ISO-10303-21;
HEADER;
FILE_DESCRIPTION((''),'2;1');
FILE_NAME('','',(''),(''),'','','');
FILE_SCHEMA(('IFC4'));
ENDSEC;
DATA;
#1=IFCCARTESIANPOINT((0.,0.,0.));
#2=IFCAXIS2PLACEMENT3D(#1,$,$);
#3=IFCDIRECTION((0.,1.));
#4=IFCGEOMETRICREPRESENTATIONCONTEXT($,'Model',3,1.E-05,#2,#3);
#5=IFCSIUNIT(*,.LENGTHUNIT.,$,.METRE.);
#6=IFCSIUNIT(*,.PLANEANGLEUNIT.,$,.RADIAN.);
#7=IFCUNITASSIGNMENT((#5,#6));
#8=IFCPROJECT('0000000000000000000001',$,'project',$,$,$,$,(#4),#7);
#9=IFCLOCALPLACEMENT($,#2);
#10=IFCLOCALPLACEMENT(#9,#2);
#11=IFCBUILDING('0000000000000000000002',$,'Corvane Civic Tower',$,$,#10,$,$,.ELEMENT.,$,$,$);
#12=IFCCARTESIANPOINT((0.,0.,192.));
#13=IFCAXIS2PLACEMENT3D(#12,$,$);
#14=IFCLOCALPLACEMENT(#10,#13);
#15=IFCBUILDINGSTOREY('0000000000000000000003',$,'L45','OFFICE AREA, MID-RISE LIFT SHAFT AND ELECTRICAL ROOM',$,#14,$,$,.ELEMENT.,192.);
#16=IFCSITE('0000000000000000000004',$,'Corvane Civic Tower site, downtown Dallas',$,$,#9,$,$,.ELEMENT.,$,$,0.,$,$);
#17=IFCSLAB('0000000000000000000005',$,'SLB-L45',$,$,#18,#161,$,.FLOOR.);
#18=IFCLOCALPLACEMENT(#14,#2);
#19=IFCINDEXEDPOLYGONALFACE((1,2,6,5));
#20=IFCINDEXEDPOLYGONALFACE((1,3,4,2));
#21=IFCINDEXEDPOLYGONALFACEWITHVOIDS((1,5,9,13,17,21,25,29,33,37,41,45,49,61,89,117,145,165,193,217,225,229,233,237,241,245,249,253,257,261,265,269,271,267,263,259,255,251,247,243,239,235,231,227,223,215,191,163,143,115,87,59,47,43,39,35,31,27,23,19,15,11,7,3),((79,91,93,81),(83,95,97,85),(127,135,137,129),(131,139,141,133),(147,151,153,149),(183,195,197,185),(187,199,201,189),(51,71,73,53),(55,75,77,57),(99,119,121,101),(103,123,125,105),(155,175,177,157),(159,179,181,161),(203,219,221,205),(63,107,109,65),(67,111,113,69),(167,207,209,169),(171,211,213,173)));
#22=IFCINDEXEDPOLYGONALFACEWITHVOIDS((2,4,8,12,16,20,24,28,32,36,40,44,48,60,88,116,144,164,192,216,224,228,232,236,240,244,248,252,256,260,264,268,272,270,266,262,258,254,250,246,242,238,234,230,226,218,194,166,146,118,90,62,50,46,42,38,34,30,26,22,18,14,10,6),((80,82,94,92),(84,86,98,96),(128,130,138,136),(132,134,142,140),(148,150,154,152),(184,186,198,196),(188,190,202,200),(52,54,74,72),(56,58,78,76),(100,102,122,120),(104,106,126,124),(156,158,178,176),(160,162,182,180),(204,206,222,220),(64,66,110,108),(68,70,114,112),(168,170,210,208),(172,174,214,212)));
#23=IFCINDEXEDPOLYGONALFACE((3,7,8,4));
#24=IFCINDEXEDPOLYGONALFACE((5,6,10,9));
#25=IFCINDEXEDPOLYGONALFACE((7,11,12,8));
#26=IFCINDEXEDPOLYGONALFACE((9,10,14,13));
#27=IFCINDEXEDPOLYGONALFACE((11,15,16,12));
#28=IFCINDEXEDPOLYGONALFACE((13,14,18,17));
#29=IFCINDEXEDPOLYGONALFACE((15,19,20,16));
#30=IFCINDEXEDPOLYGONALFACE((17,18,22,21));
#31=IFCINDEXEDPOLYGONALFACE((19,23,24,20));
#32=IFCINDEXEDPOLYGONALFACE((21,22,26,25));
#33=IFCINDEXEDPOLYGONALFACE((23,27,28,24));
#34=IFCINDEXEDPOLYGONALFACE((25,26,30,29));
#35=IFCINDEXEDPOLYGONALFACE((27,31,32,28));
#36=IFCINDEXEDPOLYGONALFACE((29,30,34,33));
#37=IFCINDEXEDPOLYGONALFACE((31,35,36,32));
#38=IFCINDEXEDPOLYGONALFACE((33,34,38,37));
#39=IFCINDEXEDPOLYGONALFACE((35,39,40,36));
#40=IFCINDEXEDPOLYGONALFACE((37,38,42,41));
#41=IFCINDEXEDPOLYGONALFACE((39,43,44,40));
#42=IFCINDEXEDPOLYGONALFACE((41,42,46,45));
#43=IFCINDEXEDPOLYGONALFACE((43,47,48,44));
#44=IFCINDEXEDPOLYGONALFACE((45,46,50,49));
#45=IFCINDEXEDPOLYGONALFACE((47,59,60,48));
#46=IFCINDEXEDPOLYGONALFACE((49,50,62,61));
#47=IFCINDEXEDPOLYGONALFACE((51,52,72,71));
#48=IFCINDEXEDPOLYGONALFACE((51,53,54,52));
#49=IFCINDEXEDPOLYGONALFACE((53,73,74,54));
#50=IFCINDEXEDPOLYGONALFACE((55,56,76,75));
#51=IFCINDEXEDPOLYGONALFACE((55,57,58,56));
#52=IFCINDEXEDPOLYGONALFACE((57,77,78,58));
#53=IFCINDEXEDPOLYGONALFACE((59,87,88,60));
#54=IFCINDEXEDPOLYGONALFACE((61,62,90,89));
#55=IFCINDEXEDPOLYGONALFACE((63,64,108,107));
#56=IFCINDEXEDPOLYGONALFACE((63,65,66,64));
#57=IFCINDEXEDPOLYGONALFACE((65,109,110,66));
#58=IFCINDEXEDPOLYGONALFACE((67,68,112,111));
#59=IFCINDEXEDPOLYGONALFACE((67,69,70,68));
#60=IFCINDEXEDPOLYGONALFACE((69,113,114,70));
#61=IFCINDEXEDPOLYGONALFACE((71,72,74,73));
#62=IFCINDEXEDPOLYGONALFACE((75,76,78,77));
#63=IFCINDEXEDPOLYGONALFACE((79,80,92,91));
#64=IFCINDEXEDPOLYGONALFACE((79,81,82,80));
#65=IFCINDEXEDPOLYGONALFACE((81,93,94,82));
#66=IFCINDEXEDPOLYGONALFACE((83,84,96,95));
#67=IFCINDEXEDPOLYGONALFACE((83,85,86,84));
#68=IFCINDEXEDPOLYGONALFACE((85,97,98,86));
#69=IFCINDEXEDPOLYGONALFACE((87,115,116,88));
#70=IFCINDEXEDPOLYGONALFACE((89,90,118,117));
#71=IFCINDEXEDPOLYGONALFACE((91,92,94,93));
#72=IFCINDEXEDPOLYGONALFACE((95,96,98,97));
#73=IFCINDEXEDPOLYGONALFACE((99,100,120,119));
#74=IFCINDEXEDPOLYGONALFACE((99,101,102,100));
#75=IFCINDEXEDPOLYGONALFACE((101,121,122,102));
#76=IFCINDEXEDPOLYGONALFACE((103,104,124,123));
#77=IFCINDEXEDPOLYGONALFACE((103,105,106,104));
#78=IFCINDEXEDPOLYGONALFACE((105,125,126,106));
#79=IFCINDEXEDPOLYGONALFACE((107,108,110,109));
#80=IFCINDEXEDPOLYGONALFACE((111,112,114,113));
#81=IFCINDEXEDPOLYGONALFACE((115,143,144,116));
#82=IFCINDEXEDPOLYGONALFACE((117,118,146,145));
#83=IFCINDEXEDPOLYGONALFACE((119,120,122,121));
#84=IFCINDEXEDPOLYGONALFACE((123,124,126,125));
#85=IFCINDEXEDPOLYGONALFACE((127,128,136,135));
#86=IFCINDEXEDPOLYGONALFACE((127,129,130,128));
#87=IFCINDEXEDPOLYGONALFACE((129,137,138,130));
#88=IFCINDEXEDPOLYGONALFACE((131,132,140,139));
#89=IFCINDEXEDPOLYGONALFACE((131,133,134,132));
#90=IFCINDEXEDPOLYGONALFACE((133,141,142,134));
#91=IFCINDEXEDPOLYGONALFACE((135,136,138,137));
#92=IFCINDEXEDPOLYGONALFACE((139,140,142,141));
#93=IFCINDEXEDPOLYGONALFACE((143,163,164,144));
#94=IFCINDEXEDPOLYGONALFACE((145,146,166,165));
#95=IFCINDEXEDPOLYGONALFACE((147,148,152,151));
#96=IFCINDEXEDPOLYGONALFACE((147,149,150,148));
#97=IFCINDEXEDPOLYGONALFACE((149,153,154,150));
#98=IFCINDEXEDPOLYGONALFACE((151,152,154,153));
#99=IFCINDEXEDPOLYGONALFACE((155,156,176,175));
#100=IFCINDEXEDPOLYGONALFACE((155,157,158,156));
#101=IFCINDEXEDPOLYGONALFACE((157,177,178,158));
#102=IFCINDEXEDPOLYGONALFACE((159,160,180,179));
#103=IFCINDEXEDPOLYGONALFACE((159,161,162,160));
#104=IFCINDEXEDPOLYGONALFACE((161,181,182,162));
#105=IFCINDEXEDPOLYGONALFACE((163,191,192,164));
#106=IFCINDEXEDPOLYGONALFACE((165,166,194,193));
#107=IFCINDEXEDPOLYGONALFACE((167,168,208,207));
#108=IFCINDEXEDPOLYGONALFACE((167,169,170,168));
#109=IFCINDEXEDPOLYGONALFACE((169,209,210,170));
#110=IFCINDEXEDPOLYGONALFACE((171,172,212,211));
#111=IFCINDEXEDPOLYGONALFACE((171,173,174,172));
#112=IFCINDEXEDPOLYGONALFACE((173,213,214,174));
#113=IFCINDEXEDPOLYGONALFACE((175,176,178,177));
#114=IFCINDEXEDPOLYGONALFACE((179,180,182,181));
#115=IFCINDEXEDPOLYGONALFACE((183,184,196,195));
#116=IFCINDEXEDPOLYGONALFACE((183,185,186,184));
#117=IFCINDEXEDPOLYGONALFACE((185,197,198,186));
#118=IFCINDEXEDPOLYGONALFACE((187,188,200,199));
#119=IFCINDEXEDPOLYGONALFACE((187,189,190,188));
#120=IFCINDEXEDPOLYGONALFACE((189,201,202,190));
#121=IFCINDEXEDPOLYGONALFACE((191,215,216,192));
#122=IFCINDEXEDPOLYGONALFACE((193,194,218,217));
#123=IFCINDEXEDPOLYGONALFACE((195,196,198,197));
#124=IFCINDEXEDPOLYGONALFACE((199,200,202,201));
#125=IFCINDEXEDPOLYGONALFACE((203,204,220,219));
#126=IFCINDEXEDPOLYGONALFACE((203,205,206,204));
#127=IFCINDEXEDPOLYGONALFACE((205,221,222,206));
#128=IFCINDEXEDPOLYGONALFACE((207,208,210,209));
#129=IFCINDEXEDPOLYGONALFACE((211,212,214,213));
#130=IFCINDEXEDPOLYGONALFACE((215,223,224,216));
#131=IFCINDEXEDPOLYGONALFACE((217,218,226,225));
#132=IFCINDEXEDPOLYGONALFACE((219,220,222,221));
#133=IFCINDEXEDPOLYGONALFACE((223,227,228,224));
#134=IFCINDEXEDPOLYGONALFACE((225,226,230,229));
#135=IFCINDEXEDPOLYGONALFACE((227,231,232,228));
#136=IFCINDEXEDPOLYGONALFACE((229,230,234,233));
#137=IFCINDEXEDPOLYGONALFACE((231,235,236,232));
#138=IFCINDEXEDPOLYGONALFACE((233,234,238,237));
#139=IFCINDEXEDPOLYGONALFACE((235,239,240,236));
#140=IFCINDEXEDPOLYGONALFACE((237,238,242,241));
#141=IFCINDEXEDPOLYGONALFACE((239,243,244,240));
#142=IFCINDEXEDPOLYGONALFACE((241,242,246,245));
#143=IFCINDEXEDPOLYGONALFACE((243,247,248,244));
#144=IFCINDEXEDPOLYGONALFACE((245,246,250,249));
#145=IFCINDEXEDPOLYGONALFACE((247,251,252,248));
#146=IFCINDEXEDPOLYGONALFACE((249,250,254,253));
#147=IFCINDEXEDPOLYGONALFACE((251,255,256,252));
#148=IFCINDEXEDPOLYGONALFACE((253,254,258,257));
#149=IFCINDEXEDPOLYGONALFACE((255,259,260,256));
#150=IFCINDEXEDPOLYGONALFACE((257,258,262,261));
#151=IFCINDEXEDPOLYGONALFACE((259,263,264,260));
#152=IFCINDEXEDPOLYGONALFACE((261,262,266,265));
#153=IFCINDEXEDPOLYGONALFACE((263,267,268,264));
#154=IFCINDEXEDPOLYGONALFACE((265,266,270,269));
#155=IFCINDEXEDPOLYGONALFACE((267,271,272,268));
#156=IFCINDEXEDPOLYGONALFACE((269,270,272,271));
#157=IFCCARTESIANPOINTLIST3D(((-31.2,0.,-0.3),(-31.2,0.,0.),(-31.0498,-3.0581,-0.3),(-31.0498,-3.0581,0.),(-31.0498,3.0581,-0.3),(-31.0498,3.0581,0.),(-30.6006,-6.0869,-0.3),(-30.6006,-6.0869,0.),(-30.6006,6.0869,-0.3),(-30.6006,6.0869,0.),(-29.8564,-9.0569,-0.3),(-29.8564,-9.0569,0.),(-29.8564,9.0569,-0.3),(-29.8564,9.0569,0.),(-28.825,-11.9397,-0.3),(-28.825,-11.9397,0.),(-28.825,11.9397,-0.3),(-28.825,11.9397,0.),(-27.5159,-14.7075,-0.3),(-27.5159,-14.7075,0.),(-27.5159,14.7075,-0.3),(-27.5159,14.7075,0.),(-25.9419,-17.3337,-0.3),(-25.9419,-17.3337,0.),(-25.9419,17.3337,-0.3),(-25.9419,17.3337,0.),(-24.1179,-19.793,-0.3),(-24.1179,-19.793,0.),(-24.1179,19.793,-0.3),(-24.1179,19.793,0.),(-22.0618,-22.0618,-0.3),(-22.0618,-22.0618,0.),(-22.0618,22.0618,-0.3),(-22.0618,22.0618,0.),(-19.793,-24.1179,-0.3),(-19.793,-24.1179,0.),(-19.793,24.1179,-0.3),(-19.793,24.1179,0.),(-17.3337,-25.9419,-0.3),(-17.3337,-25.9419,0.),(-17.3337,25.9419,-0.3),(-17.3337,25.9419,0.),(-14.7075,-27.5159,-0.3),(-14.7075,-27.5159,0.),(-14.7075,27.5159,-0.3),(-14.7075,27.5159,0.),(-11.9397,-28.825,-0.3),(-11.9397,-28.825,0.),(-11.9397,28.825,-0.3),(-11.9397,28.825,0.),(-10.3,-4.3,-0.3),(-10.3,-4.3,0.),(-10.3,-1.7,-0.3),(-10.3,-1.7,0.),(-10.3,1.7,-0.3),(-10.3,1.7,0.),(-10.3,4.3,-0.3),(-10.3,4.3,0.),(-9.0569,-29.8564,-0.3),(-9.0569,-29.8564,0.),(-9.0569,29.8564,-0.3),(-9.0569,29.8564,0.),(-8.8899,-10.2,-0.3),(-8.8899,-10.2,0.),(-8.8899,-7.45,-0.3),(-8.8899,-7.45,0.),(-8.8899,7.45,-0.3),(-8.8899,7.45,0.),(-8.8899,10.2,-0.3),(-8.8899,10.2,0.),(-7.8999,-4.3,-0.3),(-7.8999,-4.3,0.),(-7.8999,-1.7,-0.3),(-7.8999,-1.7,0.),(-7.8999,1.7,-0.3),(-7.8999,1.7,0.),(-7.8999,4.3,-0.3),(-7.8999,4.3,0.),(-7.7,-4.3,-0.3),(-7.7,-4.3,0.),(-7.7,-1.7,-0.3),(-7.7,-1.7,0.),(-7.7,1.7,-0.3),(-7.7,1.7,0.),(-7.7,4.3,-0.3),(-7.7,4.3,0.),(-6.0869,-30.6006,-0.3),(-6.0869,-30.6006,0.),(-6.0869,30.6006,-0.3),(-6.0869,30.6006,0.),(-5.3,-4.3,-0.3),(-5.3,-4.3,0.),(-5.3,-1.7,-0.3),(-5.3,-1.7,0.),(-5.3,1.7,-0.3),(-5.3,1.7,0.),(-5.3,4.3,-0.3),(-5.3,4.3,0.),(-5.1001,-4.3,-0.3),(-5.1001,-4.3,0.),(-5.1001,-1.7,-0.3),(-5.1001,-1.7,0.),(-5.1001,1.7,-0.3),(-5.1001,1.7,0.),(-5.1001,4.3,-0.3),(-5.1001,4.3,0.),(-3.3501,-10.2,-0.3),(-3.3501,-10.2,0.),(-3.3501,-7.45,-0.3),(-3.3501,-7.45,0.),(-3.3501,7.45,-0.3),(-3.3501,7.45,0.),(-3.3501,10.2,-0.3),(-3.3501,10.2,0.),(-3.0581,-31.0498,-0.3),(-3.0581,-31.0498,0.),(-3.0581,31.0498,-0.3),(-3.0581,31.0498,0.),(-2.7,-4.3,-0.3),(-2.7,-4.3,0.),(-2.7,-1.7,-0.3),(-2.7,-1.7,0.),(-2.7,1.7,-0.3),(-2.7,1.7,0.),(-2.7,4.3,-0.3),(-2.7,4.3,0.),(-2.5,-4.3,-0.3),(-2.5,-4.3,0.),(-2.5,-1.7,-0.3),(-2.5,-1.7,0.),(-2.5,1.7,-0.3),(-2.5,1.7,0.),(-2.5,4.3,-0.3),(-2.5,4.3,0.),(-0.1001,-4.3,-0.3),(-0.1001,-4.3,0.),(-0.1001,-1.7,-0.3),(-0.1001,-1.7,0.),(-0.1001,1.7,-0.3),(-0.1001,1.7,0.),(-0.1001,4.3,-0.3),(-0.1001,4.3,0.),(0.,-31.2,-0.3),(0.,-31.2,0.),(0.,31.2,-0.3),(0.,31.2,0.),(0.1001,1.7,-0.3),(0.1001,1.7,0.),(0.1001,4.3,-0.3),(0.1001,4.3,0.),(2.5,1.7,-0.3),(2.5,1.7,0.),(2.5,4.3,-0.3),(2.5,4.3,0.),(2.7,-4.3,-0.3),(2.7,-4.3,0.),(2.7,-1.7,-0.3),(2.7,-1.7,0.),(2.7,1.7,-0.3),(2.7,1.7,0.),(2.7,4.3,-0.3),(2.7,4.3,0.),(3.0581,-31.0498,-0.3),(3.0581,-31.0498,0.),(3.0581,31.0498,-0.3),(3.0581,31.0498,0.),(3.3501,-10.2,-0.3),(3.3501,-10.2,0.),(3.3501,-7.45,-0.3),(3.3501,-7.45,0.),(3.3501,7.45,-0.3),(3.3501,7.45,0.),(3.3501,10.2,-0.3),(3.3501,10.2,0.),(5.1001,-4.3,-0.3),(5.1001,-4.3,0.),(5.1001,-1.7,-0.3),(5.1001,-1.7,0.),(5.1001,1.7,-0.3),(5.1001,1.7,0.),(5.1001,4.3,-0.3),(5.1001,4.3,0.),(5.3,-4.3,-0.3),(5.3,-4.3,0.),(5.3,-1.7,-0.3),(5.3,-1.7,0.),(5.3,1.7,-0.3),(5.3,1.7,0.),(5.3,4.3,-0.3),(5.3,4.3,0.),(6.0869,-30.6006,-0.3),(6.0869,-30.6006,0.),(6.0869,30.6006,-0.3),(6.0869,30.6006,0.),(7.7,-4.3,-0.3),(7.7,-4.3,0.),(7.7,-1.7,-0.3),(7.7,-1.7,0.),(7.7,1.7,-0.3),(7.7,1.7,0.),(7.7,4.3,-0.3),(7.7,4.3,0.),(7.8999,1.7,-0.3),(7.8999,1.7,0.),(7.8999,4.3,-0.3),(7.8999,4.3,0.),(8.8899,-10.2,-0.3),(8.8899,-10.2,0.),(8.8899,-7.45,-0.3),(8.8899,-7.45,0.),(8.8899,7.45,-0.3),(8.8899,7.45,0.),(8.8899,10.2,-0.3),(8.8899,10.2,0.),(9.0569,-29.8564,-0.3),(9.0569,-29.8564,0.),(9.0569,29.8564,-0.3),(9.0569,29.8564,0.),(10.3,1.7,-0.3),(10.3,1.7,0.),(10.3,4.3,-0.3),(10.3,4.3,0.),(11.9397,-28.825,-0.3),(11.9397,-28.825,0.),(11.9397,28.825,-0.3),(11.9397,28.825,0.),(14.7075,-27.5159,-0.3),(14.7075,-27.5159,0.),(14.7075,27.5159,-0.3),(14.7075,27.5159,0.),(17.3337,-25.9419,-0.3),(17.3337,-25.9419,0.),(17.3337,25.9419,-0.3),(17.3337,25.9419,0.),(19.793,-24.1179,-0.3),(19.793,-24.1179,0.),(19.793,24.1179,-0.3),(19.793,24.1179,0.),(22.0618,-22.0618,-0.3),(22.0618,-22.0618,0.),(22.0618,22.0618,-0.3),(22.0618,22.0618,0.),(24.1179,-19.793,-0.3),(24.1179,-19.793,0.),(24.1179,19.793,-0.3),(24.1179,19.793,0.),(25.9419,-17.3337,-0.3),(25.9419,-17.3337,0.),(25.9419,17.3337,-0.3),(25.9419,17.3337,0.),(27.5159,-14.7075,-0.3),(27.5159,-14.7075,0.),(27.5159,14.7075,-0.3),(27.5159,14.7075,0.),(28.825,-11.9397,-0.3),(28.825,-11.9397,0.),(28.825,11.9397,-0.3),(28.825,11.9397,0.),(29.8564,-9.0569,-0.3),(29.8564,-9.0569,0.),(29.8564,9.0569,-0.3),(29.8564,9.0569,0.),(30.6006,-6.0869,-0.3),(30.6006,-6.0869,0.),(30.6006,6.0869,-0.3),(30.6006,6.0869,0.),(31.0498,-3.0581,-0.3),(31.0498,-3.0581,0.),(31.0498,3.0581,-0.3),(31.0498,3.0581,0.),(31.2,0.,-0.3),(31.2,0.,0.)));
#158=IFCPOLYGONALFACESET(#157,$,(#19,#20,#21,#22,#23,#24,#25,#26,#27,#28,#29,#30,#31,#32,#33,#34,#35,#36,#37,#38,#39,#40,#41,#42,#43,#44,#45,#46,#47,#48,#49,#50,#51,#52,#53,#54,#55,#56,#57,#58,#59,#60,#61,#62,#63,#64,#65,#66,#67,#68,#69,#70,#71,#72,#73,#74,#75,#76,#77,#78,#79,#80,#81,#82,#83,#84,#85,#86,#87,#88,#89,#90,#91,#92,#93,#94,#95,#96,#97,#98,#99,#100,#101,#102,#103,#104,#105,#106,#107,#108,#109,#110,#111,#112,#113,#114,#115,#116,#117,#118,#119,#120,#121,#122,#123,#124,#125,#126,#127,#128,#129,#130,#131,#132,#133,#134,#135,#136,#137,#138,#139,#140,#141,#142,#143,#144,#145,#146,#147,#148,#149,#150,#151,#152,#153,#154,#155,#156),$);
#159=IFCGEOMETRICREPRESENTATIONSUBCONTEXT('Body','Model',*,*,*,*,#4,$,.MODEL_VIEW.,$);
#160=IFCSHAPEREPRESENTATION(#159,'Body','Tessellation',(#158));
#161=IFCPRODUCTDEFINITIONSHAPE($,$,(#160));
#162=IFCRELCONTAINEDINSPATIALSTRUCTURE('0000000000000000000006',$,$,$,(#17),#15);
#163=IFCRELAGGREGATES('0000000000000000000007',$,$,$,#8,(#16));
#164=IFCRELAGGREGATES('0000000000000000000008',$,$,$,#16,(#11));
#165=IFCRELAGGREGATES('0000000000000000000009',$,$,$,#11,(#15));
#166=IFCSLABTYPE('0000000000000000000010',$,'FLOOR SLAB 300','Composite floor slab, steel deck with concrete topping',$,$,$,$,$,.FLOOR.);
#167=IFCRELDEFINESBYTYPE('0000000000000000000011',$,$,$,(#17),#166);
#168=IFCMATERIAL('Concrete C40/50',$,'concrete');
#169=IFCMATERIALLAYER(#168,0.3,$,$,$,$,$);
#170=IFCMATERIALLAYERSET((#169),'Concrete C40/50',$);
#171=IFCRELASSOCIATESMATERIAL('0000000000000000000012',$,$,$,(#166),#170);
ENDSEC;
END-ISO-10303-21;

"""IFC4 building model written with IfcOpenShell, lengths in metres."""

from ifc_helpers import new_model, si_unit, direction, frame, origin, place, context, subcontext, project, spatial, polyline, outline, extrude, material, layer, layer_set, type_object, element, save


model = new_model("IFC4")

# Units and contexts
model_context = context("Model", 3, precision=1e-05, world=origin(), true_north=direction((0.0, 1.0)))
body_context = subcontext(model_context, "Body", "Model", "MODEL_VIEW")
ifc_project = project(units=[si_unit("LENGTHUNIT", "METRE"), si_unit("PLANEANGLEUNIT", "RADIAN")], contexts=[model_context])

# Site, building, storey
site_placement = place(None, origin())
site = spatial("IfcSite", under=ifc_project, at=site_placement, Name="Corvane Civic Tower site, downtown Dallas", CompositionType="ELEMENT", RefElevation=0.0)
building_placement = place(site_placement, origin())
building = spatial("IfcBuilding", under=site, at=building_placement, Name="Corvane Civic Tower", CompositionType="ELEMENT")
storey_placement = place(building_placement, frame((0.0, 0.0, 192.0)))
storey = spatial("IfcBuildingStorey", under=building, at=storey_placement, Name="L45", Description="OFFICE AREA, MID-RISE LIFT SHAFT AND ELECTRICAL ROOM", CompositionType="ELEMENT", Elevation=192.0)

# Slab
ifc_material_1 = material(Name="Concrete C40/50", Category="concrete")
ifc_layer_1 = layer(ifc_material_1, 0.3)
ifc_layer_set_1 = layer_set([ifc_layer_1], Name="Concrete C40/50")
slab_type = type_object("IfcSlabType", Name="FLOOR SLAB 300", Description="Composite floor slab, steel deck with concrete topping", PredefinedType="FLOOR", material=ifc_layer_set_1)
slab_placement = place(storey_placement, frame((0.0, 0.0, -0.3)))
element("IfcSlab", 1, at=slab_placement, inside=storey, type_object=slab_type, Name="SLB-L45", PredefinedType="FLOOR", context=body_context, shape_type="SweptSolid", body=[
    extrude(outline(polyline([(0.0, 31.2), (-3.0581, 31.0498), (-6.0869, 30.6006), (-9.0569, 29.8564), (-11.9397, 28.825), (-14.7075, 27.5159), (-17.3337, 25.9419), (-19.793, 24.1179), (-22.0618, 22.0618), (-24.1179, 19.793), (-25.9419, 17.3337), (-27.5159, 14.7075), (-28.825, 11.9397), (-29.8564, 9.0569), (-30.6006, 6.0869), (-31.0498, 3.0581), (-31.2, 0.0), (-31.0498, -3.0581), (-30.6006, -6.0869), (-29.8564, -9.0569), (-28.825, -11.9397), (-27.5159, -14.7075), (-25.9419, -17.3337), (-24.1179, -19.793), (-22.0618, -22.0618), (-19.793, -24.1179), (-17.3337, -25.9419), (-14.7075, -27.5159), (-11.9397, -28.825), (-9.0569, -29.8564), (-6.0869, -30.6006), (-3.0581, -31.0498), (0.0, -31.2), (3.0581, -31.0498), (6.0869, -30.6006), (9.0569, -29.8564), (11.9397, -28.825), (14.7075, -27.5159), (17.3337, -25.9419), (19.793, -24.1179), (22.0618, -22.0618), (24.1179, -19.793), (25.9419, -17.3337), (27.5159, -14.7075), (28.825, -11.9397), (29.8564, -9.0569), (30.6006, -6.0869), (31.0498, -3.0581), (31.2, 0.0), (31.0498, 3.0581), (30.6006, 6.0869), (29.8564, 9.0569), (28.825, 11.9397), (27.5159, 14.7075), (25.9419, 17.3337), (24.1179, 19.793), (22.0618, 22.0618), (19.793, 24.1179), (17.3337, 25.9419), (14.7075, 27.5159), (11.9397, 28.825), (9.0569, 29.8564), (6.0869, 30.6006), (3.0581, 31.0498), (0.0, 31.2)]), holes=[polyline([(-7.8999, 1.7), (-10.3, 1.7), (-10.3, 4.3), (-7.8999, 4.3), (-7.8999, 1.7)]), polyline([(-7.7, 4.3), (-5.3, 4.3), (-5.3, 1.7), (-7.7, 1.7), (-7.7, 4.3)]), polyline([(-5.1001, 4.3), (-2.7, 4.3), (-2.7, 1.7), (-5.1001, 1.7), (-5.1001, 4.3)]), polyline([(-0.1001, 4.3), (-0.1001, 1.7), (-2.5, 1.7), (-2.5, 4.3), (-0.1001, 4.3)]), polyline([(2.5, 4.3), (2.5, 1.7), (0.1001, 1.7), (0.1001, 4.3), (2.5, 4.3)]), polyline([(2.7, 4.3), (5.1001, 4.3), (5.1001, 1.7), (2.7, 1.7), (2.7, 4.3)]), polyline([(5.3, 4.3), (7.7, 4.3), (7.7, 1.7), (5.3, 1.7), (5.3, 4.3)]), polyline([(7.8999, 4.3), (10.3, 4.3), (10.3, 1.7), (7.8999, 1.7), (7.8999, 4.3)]), polyline([(-7.8999, -1.7), (-7.8999, -4.3), (-10.3, -4.3), (-10.3, -1.7), (-7.8999, -1.7)]), polyline([(-5.3, -1.7), (-5.3, -4.3), (-7.7, -4.3), (-7.7, -1.7), (-5.3, -1.7)]), polyline([(-2.7, -1.7), (-2.7, -4.3), (-5.1001, -4.3), (-5.1001, -1.7), (-2.7, -1.7)]), polyline([(-2.5, -4.3), (-2.5, -1.7), (-0.1001, -1.7), (-0.1001, -4.3), (-2.5, -4.3)]), polyline([(2.7, -1.7), (5.1001, -1.7), (5.1001, -4.3), (2.7, -4.3), (2.7, -1.7)]), polyline([(7.7, -1.7), (7.7, -4.3), (5.3, -4.3), (5.3, -1.7), (7.7, -1.7)]), polyline([(8.8899, 10.2), (8.8899, 7.45), (3.3501, 7.45), (3.3501, 10.2), (8.8899, 10.2)]), polyline([(-8.8899, 7.45), (-8.8899, 10.2), (-3.3501, 10.2), (-3.3501, 7.45), (-8.8899, 7.45)]), polyline([(8.8899, -7.45), (8.8899, -10.2), (3.3501, -10.2), (3.3501, -7.45), (8.8899, -7.45)]), polyline([(-8.8899, -10.2), (-8.8899, -7.45), (-3.3501, -7.45), (-3.3501, -10.2), (-8.8899, -10.2)])]), origin(), (0.0, 0.0, 1.0), 0.3),
])

save(model, "model.ifc")
